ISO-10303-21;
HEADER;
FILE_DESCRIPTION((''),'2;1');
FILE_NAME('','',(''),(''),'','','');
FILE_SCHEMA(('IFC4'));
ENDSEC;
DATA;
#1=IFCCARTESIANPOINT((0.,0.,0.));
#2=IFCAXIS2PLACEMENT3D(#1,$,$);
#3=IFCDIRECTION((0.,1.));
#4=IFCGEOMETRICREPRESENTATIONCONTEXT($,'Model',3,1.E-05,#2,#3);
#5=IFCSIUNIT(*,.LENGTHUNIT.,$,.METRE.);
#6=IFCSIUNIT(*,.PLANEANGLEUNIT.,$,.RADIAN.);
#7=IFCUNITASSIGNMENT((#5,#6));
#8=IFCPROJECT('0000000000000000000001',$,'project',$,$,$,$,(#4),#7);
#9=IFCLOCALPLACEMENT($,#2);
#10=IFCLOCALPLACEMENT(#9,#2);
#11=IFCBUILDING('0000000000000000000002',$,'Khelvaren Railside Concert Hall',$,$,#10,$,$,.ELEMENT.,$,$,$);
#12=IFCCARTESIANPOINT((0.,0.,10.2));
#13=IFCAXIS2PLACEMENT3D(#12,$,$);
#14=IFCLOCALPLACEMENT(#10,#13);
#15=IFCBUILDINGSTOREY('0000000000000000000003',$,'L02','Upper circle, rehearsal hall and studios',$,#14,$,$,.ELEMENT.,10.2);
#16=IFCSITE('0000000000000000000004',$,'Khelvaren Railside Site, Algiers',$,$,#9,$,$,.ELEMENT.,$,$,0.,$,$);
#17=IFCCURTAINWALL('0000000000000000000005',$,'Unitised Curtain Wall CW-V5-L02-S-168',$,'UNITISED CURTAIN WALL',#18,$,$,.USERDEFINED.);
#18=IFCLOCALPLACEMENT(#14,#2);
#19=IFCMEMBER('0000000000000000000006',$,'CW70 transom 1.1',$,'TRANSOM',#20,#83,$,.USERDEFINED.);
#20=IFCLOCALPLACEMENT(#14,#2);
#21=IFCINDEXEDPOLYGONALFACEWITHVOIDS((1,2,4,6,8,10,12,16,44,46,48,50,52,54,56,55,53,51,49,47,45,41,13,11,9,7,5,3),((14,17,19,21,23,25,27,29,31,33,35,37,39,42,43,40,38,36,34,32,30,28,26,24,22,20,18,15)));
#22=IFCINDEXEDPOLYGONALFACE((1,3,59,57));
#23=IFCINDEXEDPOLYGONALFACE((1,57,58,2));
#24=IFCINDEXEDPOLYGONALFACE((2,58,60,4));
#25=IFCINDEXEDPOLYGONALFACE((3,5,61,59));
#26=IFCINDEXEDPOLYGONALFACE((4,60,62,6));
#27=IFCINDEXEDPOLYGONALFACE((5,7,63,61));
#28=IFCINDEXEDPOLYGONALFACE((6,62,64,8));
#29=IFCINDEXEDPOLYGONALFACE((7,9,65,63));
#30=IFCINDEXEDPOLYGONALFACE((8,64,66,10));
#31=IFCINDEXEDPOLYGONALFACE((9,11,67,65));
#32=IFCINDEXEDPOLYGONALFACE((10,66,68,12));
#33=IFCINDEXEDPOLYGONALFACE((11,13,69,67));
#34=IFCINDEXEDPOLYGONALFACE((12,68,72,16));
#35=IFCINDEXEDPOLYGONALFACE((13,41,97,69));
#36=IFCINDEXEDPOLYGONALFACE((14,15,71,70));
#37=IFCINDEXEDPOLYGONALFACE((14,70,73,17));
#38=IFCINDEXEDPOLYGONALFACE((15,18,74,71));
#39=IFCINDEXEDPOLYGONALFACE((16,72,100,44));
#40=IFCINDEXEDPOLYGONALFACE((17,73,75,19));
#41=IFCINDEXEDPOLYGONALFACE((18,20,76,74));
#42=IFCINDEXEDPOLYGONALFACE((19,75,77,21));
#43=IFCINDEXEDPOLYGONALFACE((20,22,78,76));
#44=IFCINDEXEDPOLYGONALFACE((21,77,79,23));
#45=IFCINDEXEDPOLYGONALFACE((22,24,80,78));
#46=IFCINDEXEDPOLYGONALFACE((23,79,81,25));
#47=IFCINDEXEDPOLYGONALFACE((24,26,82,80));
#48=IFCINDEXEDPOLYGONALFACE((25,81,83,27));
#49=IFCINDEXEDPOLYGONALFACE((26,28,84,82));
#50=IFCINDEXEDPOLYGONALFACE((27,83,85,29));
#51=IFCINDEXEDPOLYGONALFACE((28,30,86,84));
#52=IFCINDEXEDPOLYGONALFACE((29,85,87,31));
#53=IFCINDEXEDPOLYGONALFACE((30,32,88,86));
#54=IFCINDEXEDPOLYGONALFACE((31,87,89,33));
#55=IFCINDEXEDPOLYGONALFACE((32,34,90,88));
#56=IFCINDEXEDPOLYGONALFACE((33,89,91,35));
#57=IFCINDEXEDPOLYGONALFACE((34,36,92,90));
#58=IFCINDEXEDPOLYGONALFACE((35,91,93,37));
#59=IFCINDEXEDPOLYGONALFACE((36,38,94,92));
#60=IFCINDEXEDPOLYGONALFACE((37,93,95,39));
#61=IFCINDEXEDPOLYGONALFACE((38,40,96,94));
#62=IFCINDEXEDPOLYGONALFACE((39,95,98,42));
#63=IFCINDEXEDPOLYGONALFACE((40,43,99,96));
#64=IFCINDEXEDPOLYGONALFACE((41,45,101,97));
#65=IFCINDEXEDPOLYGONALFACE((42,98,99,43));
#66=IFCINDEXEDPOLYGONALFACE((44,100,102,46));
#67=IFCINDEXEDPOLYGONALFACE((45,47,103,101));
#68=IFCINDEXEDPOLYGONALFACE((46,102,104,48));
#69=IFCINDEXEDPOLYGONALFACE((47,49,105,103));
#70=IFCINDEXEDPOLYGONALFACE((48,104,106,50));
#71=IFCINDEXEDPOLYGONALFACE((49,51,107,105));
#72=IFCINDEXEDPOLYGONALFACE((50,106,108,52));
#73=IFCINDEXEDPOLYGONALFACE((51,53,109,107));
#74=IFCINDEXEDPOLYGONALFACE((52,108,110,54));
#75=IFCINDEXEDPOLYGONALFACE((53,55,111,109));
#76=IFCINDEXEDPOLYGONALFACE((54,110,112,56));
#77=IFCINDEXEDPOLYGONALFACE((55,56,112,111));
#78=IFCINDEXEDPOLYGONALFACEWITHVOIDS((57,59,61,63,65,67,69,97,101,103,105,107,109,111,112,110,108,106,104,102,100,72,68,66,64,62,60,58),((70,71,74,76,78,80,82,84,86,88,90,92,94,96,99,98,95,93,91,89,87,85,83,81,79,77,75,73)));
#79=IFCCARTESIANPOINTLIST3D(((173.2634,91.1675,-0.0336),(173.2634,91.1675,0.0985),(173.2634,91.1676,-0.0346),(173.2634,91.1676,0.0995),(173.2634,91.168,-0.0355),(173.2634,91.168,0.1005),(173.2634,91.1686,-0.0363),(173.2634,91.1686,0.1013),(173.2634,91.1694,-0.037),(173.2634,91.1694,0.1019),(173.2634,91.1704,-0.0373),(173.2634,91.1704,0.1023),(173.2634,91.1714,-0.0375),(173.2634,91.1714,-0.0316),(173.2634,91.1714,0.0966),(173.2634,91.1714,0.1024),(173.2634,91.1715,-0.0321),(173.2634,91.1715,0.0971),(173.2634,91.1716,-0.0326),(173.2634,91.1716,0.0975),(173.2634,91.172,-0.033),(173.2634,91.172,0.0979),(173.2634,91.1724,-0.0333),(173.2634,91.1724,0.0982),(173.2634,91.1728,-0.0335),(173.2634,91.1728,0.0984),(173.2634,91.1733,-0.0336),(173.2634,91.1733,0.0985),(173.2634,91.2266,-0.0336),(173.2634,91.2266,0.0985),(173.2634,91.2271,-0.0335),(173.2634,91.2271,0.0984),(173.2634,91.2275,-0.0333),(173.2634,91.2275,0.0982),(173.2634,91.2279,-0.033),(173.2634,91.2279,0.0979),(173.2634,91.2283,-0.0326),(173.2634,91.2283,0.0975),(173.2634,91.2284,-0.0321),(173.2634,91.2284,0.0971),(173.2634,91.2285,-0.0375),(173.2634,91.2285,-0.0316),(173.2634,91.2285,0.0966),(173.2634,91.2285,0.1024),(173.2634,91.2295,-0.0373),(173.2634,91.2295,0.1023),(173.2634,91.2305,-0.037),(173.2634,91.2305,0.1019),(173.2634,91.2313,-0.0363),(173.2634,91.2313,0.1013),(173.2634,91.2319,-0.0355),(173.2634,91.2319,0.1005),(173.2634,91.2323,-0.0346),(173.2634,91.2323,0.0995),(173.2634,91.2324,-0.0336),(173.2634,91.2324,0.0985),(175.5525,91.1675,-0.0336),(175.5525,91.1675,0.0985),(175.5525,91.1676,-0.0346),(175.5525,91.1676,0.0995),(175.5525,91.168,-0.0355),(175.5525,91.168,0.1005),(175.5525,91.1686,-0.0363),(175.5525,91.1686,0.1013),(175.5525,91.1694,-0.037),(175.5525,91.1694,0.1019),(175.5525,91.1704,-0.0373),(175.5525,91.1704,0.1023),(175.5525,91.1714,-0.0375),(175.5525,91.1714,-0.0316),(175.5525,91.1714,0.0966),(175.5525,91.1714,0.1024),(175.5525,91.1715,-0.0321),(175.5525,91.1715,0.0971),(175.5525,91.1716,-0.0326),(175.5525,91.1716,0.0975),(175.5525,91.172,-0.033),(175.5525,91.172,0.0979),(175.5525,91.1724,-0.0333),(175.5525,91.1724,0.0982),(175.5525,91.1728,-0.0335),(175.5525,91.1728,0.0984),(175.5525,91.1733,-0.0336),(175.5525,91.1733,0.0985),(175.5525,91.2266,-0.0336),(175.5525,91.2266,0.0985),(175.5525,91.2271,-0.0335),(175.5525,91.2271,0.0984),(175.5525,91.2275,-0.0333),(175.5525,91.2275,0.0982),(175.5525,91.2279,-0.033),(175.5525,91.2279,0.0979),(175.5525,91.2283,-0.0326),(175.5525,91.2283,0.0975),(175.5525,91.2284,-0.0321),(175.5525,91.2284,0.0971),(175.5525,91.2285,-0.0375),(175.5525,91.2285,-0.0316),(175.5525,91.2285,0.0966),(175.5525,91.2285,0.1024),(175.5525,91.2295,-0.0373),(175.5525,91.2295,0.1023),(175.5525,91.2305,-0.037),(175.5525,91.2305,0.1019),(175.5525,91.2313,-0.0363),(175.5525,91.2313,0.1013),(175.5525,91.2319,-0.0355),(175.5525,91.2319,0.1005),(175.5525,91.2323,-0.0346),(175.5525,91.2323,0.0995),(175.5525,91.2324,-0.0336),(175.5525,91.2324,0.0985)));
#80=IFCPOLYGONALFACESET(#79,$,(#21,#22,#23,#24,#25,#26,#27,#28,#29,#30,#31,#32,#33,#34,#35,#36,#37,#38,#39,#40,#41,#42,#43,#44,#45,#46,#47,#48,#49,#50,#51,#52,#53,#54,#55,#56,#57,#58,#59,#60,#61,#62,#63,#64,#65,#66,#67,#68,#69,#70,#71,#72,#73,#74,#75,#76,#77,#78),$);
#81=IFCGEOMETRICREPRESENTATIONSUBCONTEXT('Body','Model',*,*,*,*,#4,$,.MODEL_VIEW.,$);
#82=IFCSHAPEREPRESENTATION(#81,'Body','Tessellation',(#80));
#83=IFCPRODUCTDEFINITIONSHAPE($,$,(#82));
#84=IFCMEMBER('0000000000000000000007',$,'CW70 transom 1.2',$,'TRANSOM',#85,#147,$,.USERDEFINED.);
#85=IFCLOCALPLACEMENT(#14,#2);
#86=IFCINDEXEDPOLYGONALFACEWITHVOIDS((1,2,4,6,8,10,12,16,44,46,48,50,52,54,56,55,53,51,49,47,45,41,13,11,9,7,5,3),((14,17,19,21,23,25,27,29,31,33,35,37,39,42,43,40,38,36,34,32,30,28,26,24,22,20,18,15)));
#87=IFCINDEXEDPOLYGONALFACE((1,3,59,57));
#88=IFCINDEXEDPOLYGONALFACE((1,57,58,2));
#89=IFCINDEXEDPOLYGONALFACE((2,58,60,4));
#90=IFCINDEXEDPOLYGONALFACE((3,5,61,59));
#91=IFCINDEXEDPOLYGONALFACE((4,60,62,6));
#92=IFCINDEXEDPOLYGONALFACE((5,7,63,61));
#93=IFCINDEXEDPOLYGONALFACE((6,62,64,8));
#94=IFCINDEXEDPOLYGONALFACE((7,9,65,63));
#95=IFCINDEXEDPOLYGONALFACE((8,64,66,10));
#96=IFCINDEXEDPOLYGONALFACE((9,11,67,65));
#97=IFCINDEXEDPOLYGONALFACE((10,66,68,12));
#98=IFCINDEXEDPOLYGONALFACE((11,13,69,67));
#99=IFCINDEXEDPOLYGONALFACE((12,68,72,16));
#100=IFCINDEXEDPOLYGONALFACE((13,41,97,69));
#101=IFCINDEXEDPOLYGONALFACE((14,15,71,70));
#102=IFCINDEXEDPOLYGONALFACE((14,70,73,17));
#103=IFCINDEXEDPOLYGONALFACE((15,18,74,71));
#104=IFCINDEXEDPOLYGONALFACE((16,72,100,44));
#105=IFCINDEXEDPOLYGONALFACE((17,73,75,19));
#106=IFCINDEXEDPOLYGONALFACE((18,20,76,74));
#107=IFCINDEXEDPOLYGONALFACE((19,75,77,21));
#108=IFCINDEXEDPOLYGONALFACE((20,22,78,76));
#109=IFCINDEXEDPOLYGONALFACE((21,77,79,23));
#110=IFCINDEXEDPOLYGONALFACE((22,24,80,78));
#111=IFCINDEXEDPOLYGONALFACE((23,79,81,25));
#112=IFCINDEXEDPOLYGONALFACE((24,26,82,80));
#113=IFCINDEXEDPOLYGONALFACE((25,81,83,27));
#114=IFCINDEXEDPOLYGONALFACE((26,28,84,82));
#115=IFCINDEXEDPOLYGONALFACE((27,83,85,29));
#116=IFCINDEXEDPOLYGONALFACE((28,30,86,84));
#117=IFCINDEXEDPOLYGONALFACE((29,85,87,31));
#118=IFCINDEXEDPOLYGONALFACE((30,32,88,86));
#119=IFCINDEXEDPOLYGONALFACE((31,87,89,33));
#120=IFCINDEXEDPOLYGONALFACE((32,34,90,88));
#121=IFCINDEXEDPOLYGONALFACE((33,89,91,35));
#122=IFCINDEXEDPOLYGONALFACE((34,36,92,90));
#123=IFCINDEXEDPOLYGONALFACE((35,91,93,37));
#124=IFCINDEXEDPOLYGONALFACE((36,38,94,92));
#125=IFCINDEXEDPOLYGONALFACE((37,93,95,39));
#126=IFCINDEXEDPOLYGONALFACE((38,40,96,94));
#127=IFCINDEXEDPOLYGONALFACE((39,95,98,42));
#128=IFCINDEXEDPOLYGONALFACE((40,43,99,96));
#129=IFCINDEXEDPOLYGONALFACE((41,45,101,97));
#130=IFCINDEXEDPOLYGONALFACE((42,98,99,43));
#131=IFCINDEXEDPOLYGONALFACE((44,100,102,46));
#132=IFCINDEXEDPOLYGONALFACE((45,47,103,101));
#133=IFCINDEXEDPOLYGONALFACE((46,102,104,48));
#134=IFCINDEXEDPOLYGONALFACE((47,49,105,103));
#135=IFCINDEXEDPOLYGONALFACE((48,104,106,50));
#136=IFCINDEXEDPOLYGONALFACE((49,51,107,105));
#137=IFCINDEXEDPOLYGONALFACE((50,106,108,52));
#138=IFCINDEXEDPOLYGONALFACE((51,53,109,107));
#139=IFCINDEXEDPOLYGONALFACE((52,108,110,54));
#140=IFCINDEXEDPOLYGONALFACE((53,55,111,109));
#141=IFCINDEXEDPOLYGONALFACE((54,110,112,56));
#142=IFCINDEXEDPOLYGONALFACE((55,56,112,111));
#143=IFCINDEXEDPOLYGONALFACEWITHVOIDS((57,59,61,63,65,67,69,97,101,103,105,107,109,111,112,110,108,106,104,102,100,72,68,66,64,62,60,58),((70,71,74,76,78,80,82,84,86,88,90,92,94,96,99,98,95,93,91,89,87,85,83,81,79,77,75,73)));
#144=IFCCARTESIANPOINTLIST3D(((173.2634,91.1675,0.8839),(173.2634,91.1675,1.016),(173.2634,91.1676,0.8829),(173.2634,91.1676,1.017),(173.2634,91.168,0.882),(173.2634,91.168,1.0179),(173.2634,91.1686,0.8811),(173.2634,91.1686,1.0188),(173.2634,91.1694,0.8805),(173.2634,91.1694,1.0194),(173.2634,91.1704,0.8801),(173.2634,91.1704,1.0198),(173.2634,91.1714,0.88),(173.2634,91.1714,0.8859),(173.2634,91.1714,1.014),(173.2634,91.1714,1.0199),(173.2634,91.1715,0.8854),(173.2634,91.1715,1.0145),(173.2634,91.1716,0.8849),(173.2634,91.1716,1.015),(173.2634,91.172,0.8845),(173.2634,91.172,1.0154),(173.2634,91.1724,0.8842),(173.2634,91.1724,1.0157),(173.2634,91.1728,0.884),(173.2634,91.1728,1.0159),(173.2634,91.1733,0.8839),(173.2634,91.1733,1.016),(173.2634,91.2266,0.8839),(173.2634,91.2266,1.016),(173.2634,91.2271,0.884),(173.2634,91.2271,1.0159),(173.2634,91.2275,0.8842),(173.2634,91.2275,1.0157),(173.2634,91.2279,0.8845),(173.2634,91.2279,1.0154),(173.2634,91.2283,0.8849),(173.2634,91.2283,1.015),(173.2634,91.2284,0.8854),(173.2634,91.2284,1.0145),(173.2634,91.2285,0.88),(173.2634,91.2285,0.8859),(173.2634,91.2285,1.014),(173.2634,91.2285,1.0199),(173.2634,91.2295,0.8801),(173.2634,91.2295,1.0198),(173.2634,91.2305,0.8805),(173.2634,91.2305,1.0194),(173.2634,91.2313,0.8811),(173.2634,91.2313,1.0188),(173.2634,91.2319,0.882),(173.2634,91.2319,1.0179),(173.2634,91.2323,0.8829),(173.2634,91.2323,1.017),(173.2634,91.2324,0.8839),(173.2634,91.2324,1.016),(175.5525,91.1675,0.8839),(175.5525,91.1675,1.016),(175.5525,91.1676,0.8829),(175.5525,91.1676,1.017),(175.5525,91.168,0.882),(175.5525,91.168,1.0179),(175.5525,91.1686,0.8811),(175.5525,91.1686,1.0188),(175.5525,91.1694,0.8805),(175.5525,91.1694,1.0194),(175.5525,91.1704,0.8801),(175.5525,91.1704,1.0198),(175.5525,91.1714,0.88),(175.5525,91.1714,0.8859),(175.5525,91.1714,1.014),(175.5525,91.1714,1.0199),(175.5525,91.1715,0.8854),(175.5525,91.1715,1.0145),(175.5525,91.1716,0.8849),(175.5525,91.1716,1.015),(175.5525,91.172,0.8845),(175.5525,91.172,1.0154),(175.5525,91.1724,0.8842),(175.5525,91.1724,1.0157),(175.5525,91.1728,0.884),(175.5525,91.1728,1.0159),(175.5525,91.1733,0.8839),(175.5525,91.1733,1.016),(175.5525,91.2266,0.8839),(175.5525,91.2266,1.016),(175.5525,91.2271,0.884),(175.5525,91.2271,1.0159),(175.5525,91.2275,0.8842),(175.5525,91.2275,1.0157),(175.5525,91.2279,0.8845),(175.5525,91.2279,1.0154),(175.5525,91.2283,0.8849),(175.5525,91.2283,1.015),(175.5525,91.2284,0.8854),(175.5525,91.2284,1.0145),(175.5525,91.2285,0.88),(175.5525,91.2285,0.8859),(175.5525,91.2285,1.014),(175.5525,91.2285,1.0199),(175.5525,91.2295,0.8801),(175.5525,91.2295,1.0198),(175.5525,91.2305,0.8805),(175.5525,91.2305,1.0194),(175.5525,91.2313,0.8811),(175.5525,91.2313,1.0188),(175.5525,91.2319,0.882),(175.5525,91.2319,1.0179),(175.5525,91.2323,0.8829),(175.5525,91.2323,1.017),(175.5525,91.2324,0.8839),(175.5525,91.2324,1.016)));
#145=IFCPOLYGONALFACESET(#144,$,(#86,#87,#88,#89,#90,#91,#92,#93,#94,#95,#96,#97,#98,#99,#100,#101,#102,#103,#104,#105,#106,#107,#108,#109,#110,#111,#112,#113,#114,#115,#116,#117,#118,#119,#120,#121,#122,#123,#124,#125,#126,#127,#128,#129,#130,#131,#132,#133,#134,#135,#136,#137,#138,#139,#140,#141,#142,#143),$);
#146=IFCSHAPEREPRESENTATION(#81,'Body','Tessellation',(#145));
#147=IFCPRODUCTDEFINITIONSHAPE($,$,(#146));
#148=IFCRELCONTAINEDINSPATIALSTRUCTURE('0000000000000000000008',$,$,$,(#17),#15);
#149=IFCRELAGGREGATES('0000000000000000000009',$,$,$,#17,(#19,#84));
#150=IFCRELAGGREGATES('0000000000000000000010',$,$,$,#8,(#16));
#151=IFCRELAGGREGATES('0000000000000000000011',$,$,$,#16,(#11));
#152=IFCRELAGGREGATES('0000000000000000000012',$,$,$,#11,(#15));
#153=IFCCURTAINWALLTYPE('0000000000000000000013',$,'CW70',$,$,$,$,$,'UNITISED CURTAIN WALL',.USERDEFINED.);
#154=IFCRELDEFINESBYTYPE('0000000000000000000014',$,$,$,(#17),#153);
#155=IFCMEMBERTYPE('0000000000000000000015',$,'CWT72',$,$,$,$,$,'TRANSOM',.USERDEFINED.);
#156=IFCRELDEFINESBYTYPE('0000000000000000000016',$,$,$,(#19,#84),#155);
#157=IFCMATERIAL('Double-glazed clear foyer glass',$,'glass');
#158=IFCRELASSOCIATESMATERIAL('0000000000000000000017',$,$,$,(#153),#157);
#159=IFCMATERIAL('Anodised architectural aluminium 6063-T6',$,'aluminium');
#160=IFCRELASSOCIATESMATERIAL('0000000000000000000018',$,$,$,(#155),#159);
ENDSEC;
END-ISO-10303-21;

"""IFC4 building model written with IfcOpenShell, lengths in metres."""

from ifc_helpers import new_model, si_unit, direction, frame, origin, origin_2d, place, context, subcontext, project, spatial, hollow_rectangle, extrude, material, material_profile, profile_set, type_object, element, aggregate, save


model = new_model("IFC4")

# Units and contexts
model_context = context("Model", 3, precision=1e-05, world=origin(), true_north=direction((0.0, 1.0)))
body_context = subcontext(model_context, "Body", "Model", "MODEL_VIEW")
ifc_project = project(units=[si_unit("LENGTHUNIT", "METRE"), si_unit("PLANEANGLEUNIT", "RADIAN")], contexts=[model_context])

# Site, building, storey
site_placement = place(None, origin())
site = spatial("IfcSite", under=ifc_project, at=site_placement, Name="Khelvaren Railside Site, Algiers", CompositionType="ELEMENT", RefElevation=0.0)
building_placement = place(site_placement, origin())
building = spatial("IfcBuilding", under=site, at=building_placement, Name="Khelvaren Railside Concert Hall", CompositionType="ELEMENT")
storey_placement = place(building_placement, frame((0.0, 0.0, 10.2)))
storey = spatial("IfcBuildingStorey", under=building, at=storey_placement, Name="L02", Description="Upper circle, rehearsal hall and studios", CompositionType="ELEMENT", Elevation=10.2)

# Curtain wall
ifc_material_1 = material(Name="Double-glazed clear foyer glass", Category="glass")
curtain_wall_type_1 = type_object("IfcCurtainWallType", Name="CW70", ElementType="UNITISED CURTAIN WALL", PredefinedType="USERDEFINED", material=ifc_material_1)
curtain_wall_1_placement = place(storey_placement, origin())
curtain_wall_1 = element("IfcCurtainWall", 1, at=curtain_wall_1_placement, inside=storey, type_object=curtain_wall_type_1, Name="Unitised Curtain Wall CW-V5-L02-S-168", ObjectType="UNITISED CURTAIN WALL", PredefinedType="USERDEFINED")
ifc_material_2 = material(Name="Anodised architectural aluminium 6063-T6", Category="aluminium")

# Members
ifc_material_profile_1 = material_profile(ifc_material_2, hollow_rectangle(XDim=0.0649, YDim=0.1399, WallThickness=0.0039, InnerFilletRadius=0.002, OuterFilletRadius=0.0039, at=origin_2d()), Name="CWT 65x140x4")
ifc_profile_set_1 = profile_set([ifc_material_profile_1], Name="Anodised architectural aluminium 6063-T6")
member_type_1 = type_object("IfcMemberType", Name="CWT72", ElementType="TRANSOM", PredefinedType="USERDEFINED", material=ifc_profile_set_1)
member_1_placement = place(storey_placement, frame((175.5525, 91.2, 0.0325), z_axis=(-1.0, 0.0, 0.0), x_axis=(0.0, -1.0, 0.0)))
member_1 = element("IfcMember", 2, at=member_1_placement, type_object=member_type_1, Name="CW70 transom 1.1", ObjectType="TRANSOM", PredefinedType="USERDEFINED", context=body_context, shape_type="SweptSolid", body=[
    extrude(hollow_rectangle(XDim=0.0649, YDim=0.1399, WallThickness=0.0039, InnerFilletRadius=0.002, OuterFilletRadius=0.0039, at=origin_2d()), origin(), (0.0, 0.0, 1.0), 2.2891),
])
member_2_placement = place(storey_placement, frame((175.5525, 91.2, 0.95), z_axis=(-1.0, 0.0, 0.0), x_axis=(0.0, -1.0, 0.0)))
member_2 = element("IfcMember", 3, at=member_2_placement, type_object=member_type_1, Name="CW70 transom 1.2", ObjectType="TRANSOM", PredefinedType="USERDEFINED", context=body_context, shape_type="SweptSolid", body=[
    extrude(hollow_rectangle(XDim=0.0649, YDim=0.1399, WallThickness=0.0039, InnerFilletRadius=0.002, OuterFilletRadius=0.0039, at=origin_2d()), origin(), (0.0, 0.0, 1.0), 2.2891),
])

aggregate(curtain_wall_1, [member_1, member_2])

save(model, "model.ifc")
